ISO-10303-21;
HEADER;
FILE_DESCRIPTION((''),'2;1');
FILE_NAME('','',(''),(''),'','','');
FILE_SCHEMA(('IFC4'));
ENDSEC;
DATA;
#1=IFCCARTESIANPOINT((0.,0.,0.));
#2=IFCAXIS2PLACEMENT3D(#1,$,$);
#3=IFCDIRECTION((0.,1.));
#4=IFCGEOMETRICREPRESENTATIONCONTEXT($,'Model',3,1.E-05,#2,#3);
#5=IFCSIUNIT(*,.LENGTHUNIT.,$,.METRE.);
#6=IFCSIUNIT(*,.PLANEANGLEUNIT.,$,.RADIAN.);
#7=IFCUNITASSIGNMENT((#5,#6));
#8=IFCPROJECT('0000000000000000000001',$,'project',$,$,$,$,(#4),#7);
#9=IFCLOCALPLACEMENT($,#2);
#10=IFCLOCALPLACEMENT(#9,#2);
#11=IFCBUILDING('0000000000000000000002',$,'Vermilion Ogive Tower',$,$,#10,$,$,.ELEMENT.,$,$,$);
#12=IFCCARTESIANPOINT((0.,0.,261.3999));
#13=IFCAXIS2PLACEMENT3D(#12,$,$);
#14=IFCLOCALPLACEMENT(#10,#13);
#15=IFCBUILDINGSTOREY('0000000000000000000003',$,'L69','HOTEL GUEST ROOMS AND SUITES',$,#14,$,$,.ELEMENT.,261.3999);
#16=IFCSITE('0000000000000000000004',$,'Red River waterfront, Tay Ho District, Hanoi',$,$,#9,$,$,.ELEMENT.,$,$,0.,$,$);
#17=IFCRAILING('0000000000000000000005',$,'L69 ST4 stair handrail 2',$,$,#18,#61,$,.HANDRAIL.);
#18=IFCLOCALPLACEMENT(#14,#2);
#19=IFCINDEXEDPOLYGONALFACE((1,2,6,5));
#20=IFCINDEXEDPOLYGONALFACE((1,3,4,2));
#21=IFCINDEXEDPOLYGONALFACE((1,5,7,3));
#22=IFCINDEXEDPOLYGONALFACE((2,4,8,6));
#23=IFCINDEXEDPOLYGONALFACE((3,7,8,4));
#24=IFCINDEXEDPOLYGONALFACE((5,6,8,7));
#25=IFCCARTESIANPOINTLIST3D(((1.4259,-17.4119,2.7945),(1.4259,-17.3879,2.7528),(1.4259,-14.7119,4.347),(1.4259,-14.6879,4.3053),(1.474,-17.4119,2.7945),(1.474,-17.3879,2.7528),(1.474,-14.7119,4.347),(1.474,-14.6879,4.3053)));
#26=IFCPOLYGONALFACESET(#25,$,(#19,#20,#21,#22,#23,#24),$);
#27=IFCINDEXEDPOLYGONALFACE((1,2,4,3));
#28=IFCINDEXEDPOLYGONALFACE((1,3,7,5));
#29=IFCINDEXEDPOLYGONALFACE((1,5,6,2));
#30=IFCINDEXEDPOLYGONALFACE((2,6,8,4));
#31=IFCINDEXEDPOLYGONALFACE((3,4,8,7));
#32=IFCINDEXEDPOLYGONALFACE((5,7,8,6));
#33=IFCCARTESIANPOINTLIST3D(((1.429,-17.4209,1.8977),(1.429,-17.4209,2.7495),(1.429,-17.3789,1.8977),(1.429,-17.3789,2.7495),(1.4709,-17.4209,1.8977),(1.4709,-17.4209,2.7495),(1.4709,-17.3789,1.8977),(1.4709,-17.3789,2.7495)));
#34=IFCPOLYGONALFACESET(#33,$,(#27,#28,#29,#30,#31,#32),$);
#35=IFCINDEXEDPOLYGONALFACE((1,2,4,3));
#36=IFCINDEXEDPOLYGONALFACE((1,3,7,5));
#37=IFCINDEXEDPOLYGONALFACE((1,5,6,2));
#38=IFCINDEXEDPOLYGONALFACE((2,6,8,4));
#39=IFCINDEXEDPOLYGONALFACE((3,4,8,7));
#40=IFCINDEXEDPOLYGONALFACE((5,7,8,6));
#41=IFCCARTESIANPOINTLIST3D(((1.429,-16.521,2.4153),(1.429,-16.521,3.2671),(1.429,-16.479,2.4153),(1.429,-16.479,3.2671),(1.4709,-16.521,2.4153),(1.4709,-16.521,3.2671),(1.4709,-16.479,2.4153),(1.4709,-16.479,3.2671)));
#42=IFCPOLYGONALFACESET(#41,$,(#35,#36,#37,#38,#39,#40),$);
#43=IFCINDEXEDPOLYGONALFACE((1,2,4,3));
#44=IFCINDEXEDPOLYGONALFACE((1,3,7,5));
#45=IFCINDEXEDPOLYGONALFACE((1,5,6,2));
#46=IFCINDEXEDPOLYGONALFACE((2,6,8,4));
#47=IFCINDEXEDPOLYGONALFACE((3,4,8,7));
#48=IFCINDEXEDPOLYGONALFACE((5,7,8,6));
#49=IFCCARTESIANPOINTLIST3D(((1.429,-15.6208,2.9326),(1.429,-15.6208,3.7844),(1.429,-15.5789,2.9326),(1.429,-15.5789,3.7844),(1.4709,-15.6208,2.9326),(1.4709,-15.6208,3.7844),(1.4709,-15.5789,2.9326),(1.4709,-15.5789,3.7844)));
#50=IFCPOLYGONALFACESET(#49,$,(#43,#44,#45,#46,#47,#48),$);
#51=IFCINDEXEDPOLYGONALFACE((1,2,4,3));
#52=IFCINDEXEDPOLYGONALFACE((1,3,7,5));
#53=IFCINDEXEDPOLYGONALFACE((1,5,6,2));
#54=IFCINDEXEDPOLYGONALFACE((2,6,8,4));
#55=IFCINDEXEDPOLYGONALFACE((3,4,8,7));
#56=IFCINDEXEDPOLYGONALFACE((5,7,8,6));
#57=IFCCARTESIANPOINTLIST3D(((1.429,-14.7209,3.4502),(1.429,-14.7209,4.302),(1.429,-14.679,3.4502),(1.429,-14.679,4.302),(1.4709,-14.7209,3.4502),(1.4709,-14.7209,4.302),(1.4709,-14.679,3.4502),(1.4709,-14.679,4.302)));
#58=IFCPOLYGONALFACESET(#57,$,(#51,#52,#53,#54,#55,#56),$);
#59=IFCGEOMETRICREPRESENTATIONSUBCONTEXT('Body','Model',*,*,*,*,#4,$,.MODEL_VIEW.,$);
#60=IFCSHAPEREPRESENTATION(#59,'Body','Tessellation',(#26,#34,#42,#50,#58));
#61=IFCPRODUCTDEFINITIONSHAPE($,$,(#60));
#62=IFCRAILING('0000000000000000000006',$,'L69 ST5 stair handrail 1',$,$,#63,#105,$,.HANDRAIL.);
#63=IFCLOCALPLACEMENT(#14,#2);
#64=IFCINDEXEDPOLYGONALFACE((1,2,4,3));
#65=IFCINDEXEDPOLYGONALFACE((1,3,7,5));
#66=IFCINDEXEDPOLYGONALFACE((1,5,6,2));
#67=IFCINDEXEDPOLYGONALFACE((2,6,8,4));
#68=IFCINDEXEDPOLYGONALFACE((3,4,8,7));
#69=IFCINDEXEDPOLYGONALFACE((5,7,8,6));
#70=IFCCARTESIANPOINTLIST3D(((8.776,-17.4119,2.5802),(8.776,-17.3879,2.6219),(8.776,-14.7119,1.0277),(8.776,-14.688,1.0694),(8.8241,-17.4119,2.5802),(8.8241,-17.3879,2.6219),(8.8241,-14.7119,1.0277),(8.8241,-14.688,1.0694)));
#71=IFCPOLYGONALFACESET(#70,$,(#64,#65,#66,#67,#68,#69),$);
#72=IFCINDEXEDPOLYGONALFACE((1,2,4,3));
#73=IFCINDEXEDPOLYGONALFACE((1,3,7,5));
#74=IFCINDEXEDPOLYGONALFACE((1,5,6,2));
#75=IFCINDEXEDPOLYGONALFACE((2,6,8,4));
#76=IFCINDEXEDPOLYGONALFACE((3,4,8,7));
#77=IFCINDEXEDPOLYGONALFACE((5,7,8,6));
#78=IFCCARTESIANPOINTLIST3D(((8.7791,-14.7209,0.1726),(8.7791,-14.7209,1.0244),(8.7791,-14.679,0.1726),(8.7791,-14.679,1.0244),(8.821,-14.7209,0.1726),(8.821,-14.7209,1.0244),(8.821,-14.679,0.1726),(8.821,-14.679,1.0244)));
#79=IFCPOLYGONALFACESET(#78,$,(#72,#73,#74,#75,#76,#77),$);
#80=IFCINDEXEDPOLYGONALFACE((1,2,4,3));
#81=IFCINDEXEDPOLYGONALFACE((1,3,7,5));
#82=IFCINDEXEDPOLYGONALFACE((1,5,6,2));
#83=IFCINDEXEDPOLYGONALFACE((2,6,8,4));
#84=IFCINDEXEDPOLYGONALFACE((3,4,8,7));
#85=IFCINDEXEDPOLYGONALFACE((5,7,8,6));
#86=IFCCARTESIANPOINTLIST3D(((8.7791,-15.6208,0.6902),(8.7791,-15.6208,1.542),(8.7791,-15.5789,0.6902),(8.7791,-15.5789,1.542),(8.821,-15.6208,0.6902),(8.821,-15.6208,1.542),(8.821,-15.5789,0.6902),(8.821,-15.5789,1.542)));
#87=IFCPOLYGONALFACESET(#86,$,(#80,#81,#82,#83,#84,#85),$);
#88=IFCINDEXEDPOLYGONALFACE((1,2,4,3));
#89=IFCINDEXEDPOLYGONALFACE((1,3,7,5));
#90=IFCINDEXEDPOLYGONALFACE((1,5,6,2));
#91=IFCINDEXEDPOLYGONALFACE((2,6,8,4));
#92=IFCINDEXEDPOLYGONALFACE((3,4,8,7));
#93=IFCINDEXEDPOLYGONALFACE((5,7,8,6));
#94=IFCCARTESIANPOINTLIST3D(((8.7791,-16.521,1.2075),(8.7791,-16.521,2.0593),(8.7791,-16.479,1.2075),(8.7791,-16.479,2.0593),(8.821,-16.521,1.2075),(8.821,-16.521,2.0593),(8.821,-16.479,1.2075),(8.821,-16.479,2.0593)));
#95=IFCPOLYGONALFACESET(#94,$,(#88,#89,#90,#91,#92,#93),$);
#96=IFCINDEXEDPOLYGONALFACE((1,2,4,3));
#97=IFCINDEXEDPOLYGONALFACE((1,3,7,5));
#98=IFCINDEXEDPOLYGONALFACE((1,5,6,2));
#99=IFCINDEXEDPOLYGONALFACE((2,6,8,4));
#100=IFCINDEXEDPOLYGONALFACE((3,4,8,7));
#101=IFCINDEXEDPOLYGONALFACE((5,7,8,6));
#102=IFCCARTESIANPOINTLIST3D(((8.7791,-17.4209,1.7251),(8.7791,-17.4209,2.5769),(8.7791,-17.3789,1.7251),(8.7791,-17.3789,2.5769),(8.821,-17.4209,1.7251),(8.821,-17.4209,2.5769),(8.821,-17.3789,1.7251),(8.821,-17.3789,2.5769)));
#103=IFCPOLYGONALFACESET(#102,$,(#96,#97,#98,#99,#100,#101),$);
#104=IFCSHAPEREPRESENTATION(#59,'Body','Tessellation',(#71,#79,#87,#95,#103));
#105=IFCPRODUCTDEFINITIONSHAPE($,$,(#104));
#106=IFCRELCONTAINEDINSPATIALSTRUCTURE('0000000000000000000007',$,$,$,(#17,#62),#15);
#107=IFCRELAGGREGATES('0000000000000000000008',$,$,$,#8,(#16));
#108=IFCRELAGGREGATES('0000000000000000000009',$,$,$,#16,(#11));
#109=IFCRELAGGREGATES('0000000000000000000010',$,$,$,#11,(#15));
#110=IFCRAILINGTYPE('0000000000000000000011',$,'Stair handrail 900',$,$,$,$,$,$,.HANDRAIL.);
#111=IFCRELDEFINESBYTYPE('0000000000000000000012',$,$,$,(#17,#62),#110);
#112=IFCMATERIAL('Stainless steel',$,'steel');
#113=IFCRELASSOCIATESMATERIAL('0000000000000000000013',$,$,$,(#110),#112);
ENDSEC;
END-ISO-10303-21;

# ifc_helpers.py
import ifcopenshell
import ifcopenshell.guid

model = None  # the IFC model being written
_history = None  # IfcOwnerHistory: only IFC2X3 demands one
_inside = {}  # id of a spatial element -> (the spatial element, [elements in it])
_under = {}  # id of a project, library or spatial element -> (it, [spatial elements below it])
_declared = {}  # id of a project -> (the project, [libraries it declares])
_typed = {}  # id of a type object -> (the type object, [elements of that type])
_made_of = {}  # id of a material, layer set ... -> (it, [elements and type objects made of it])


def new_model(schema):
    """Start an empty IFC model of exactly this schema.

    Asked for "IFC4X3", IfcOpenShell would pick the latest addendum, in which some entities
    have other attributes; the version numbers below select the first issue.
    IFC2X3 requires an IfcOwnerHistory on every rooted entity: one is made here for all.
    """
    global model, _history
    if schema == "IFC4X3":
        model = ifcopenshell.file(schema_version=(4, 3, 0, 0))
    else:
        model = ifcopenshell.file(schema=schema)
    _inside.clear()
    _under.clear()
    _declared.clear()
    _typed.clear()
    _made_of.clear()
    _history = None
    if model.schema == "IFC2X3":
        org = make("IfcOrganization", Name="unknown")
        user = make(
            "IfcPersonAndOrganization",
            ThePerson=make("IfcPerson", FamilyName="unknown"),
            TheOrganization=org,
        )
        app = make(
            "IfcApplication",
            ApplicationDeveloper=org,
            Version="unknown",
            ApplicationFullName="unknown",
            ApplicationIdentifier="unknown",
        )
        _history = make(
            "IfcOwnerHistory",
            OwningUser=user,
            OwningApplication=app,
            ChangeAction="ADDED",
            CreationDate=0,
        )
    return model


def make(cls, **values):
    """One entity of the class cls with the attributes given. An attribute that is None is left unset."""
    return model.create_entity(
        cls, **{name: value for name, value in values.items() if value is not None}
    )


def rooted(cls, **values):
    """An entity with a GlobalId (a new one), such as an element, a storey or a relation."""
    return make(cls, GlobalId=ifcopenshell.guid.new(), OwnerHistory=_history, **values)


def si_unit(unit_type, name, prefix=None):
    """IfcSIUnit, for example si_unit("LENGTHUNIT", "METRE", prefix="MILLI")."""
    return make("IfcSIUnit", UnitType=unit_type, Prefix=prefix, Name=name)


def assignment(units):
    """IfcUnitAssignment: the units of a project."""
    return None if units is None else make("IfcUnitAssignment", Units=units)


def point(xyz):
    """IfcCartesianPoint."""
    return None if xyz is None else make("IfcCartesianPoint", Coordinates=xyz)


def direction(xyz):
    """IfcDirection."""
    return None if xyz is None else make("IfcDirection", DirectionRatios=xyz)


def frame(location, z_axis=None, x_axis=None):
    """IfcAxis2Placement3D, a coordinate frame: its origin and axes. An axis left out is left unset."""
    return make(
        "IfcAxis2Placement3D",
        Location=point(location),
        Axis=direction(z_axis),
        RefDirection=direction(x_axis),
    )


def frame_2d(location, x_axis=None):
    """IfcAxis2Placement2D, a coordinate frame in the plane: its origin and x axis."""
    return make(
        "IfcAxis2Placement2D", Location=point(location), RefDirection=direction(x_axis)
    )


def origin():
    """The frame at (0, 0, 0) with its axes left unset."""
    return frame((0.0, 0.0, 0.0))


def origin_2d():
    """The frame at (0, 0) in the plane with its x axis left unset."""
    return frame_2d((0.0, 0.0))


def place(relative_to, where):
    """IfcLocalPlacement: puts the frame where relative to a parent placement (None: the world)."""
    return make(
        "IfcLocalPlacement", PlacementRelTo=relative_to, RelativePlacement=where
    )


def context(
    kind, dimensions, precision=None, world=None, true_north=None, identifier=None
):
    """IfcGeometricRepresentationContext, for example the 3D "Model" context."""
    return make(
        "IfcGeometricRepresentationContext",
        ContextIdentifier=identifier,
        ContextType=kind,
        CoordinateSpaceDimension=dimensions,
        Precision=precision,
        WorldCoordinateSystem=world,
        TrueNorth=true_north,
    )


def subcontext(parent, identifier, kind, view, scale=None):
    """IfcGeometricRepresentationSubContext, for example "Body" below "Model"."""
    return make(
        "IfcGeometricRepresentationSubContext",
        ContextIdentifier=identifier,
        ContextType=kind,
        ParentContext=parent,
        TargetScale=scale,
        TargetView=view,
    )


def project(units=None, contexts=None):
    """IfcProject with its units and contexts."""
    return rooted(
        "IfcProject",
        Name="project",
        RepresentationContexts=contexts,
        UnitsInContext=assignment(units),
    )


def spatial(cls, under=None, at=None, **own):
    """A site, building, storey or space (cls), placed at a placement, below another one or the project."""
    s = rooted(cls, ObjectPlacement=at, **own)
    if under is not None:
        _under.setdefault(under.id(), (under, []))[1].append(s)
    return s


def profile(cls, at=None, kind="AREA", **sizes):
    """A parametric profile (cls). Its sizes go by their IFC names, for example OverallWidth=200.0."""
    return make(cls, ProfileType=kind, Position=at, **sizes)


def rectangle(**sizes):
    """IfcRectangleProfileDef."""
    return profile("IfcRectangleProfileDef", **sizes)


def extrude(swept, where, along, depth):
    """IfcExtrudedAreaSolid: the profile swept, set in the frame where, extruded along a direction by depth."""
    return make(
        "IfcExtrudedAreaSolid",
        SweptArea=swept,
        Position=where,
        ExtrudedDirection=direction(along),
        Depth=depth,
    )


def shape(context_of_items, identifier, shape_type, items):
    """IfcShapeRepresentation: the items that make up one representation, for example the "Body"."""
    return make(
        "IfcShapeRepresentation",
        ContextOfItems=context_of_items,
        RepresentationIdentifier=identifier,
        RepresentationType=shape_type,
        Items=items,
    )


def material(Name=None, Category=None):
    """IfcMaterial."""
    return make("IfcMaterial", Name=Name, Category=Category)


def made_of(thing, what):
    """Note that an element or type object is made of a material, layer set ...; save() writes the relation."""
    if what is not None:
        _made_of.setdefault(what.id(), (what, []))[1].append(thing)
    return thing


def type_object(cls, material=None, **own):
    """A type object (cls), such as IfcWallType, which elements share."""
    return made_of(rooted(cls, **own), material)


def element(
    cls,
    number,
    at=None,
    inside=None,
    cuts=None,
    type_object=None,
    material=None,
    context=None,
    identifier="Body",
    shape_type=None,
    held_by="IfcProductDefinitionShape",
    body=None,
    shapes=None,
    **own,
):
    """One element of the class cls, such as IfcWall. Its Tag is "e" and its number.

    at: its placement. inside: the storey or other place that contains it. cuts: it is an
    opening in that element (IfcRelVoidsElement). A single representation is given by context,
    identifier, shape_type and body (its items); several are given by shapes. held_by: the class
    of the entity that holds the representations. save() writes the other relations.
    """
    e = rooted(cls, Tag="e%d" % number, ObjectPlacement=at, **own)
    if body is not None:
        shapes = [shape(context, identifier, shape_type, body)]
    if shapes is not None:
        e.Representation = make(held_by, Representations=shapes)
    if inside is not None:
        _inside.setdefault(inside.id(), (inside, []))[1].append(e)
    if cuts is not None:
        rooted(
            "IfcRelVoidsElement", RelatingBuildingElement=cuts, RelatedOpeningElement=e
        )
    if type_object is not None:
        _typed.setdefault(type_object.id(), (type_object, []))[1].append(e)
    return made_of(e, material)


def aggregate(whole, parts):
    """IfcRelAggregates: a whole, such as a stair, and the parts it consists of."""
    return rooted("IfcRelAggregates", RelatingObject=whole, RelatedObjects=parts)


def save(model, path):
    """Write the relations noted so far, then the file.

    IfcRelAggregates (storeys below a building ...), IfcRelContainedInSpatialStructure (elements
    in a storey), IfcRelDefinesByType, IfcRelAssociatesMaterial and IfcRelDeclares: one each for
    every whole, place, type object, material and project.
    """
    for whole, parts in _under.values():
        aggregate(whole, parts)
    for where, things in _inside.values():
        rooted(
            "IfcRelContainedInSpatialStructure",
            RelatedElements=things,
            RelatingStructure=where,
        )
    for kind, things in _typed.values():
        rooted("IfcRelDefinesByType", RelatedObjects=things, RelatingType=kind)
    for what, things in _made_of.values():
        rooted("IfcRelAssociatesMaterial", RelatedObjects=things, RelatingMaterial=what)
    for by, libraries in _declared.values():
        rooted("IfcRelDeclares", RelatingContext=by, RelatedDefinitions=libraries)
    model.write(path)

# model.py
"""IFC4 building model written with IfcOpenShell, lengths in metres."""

from ifc_helpers import new_model, si_unit, direction, frame, origin, origin_2d, place, context, subcontext, project, spatial, rectangle, extrude, material, type_object, element, save


model = new_model("IFC4")

# Units and contexts
model_context = context("Model", 3, precision=1e-05, world=origin(), true_north=direction((0.0, 1.0)))
body_context = subcontext(model_context, "Body", "Model", "MODEL_VIEW")
ifc_project = project(units=[si_unit("LENGTHUNIT", "METRE"), si_unit("PLANEANGLEUNIT", "RADIAN")], contexts=[model_context])

# Site, building, storey
site_placement = place(None, origin())
site = spatial("IfcSite", under=ifc_project, at=site_placement, Name="Red River waterfront, Tay Ho District, Hanoi", CompositionType="ELEMENT", RefElevation=0.0)
building_placement = place(site_placement, origin())
building = spatial("IfcBuilding", under=site, at=building_placement, Name="Vermilion Ogive Tower", CompositionType="ELEMENT")
storey_placement = place(building_placement, frame((0.0, 0.0, 261.3999)))
storey = spatial("IfcBuildingStorey", under=building, at=storey_placement, Name="L69", Description="HOTEL GUEST ROOMS AND SUITES", CompositionType="ELEMENT", Elevation=261.3999)

# Railings
ifc_material_1 = material(Name="Stainless steel", Category="steel")
railing_type_1 = type_object("IfcRailingType", Name="Stair handrail 900", PredefinedType="HANDRAIL", material=ifc_material_1)
railing_1_placement = place(storey_placement, frame((1.45, -17.3999, 1.8977)))
element("IfcRailing", 1, at=railing_1_placement, inside=storey, type_object=railing_type_1, Name="L69 ST4 stair handrail 2", PredefinedType="HANDRAIL", context=body_context, shape_type="SweptSolid", body=[
    extrude(rectangle(XDim=0.0481, YDim=0.0481, at=origin_2d()), frame((0.0, 0.0, 0.876), z_axis=(0.0, 0.866904, 0.498476), x_axis=(-1.0, 0.0, 0.0)), (0.0, 0.0, 1.0), 3.1145),
    extrude(rectangle(XDim=0.042, YDim=0.042, at=origin_2d()), origin(), (0.0, 0.0, 1.0), 0.8518),
    extrude(rectangle(XDim=0.042, YDim=0.042, at=origin_2d()), frame((0.0, 0.8999, 0.5176)), (0.0, 0.0, 1.0), 0.8518),
    extrude(rectangle(XDim=0.042, YDim=0.042, at=origin_2d()), frame((0.0, 1.8, 1.0349)), (0.0, 0.0, 1.0), 0.8518),
    extrude(rectangle(XDim=0.042, YDim=0.042, at=origin_2d()), frame((0.0, 2.7, 1.5525)), (0.0, 0.0, 1.0), 0.8518),
])
railing_2_placement = place(storey_placement, frame((8.8, -14.7, 0.1726)))
element("IfcRailing", 2, at=railing_2_placement, inside=storey, type_object=railing_type_1, Name="L69 ST5 stair handrail 1", PredefinedType="HANDRAIL", context=body_context, shape_type="SweptSolid", body=[
    extrude(rectangle(XDim=0.0481, YDim=0.0481, at=origin_2d()), frame((0.0, 0.0, 0.876), z_axis=(0.0, -0.866904, 0.498476), x_axis=(1.0, 0.0, 0.0)), (0.0, 0.0, 1.0), 3.1145),
    extrude(rectangle(XDim=0.042, YDim=0.042, at=origin_2d()), origin(), (0.0, 0.0, 1.0), 0.8518),
    extrude(rectangle(XDim=0.042, YDim=0.042, at=origin_2d()), frame((0.0, -0.8999, 0.5176)), (0.0, 0.0, 1.0), 0.8518),
    extrude(rectangle(XDim=0.042, YDim=0.042, at=origin_2d()), frame((0.0, -1.8, 1.0349)), (0.0, 0.0, 1.0), 0.8518),
    extrude(rectangle(XDim=0.042, YDim=0.042, at=origin_2d()), frame((0.0, -2.7, 1.5525)), (0.0, 0.0, 1.0), 0.8518),
])

save(model, "model.ifc")
